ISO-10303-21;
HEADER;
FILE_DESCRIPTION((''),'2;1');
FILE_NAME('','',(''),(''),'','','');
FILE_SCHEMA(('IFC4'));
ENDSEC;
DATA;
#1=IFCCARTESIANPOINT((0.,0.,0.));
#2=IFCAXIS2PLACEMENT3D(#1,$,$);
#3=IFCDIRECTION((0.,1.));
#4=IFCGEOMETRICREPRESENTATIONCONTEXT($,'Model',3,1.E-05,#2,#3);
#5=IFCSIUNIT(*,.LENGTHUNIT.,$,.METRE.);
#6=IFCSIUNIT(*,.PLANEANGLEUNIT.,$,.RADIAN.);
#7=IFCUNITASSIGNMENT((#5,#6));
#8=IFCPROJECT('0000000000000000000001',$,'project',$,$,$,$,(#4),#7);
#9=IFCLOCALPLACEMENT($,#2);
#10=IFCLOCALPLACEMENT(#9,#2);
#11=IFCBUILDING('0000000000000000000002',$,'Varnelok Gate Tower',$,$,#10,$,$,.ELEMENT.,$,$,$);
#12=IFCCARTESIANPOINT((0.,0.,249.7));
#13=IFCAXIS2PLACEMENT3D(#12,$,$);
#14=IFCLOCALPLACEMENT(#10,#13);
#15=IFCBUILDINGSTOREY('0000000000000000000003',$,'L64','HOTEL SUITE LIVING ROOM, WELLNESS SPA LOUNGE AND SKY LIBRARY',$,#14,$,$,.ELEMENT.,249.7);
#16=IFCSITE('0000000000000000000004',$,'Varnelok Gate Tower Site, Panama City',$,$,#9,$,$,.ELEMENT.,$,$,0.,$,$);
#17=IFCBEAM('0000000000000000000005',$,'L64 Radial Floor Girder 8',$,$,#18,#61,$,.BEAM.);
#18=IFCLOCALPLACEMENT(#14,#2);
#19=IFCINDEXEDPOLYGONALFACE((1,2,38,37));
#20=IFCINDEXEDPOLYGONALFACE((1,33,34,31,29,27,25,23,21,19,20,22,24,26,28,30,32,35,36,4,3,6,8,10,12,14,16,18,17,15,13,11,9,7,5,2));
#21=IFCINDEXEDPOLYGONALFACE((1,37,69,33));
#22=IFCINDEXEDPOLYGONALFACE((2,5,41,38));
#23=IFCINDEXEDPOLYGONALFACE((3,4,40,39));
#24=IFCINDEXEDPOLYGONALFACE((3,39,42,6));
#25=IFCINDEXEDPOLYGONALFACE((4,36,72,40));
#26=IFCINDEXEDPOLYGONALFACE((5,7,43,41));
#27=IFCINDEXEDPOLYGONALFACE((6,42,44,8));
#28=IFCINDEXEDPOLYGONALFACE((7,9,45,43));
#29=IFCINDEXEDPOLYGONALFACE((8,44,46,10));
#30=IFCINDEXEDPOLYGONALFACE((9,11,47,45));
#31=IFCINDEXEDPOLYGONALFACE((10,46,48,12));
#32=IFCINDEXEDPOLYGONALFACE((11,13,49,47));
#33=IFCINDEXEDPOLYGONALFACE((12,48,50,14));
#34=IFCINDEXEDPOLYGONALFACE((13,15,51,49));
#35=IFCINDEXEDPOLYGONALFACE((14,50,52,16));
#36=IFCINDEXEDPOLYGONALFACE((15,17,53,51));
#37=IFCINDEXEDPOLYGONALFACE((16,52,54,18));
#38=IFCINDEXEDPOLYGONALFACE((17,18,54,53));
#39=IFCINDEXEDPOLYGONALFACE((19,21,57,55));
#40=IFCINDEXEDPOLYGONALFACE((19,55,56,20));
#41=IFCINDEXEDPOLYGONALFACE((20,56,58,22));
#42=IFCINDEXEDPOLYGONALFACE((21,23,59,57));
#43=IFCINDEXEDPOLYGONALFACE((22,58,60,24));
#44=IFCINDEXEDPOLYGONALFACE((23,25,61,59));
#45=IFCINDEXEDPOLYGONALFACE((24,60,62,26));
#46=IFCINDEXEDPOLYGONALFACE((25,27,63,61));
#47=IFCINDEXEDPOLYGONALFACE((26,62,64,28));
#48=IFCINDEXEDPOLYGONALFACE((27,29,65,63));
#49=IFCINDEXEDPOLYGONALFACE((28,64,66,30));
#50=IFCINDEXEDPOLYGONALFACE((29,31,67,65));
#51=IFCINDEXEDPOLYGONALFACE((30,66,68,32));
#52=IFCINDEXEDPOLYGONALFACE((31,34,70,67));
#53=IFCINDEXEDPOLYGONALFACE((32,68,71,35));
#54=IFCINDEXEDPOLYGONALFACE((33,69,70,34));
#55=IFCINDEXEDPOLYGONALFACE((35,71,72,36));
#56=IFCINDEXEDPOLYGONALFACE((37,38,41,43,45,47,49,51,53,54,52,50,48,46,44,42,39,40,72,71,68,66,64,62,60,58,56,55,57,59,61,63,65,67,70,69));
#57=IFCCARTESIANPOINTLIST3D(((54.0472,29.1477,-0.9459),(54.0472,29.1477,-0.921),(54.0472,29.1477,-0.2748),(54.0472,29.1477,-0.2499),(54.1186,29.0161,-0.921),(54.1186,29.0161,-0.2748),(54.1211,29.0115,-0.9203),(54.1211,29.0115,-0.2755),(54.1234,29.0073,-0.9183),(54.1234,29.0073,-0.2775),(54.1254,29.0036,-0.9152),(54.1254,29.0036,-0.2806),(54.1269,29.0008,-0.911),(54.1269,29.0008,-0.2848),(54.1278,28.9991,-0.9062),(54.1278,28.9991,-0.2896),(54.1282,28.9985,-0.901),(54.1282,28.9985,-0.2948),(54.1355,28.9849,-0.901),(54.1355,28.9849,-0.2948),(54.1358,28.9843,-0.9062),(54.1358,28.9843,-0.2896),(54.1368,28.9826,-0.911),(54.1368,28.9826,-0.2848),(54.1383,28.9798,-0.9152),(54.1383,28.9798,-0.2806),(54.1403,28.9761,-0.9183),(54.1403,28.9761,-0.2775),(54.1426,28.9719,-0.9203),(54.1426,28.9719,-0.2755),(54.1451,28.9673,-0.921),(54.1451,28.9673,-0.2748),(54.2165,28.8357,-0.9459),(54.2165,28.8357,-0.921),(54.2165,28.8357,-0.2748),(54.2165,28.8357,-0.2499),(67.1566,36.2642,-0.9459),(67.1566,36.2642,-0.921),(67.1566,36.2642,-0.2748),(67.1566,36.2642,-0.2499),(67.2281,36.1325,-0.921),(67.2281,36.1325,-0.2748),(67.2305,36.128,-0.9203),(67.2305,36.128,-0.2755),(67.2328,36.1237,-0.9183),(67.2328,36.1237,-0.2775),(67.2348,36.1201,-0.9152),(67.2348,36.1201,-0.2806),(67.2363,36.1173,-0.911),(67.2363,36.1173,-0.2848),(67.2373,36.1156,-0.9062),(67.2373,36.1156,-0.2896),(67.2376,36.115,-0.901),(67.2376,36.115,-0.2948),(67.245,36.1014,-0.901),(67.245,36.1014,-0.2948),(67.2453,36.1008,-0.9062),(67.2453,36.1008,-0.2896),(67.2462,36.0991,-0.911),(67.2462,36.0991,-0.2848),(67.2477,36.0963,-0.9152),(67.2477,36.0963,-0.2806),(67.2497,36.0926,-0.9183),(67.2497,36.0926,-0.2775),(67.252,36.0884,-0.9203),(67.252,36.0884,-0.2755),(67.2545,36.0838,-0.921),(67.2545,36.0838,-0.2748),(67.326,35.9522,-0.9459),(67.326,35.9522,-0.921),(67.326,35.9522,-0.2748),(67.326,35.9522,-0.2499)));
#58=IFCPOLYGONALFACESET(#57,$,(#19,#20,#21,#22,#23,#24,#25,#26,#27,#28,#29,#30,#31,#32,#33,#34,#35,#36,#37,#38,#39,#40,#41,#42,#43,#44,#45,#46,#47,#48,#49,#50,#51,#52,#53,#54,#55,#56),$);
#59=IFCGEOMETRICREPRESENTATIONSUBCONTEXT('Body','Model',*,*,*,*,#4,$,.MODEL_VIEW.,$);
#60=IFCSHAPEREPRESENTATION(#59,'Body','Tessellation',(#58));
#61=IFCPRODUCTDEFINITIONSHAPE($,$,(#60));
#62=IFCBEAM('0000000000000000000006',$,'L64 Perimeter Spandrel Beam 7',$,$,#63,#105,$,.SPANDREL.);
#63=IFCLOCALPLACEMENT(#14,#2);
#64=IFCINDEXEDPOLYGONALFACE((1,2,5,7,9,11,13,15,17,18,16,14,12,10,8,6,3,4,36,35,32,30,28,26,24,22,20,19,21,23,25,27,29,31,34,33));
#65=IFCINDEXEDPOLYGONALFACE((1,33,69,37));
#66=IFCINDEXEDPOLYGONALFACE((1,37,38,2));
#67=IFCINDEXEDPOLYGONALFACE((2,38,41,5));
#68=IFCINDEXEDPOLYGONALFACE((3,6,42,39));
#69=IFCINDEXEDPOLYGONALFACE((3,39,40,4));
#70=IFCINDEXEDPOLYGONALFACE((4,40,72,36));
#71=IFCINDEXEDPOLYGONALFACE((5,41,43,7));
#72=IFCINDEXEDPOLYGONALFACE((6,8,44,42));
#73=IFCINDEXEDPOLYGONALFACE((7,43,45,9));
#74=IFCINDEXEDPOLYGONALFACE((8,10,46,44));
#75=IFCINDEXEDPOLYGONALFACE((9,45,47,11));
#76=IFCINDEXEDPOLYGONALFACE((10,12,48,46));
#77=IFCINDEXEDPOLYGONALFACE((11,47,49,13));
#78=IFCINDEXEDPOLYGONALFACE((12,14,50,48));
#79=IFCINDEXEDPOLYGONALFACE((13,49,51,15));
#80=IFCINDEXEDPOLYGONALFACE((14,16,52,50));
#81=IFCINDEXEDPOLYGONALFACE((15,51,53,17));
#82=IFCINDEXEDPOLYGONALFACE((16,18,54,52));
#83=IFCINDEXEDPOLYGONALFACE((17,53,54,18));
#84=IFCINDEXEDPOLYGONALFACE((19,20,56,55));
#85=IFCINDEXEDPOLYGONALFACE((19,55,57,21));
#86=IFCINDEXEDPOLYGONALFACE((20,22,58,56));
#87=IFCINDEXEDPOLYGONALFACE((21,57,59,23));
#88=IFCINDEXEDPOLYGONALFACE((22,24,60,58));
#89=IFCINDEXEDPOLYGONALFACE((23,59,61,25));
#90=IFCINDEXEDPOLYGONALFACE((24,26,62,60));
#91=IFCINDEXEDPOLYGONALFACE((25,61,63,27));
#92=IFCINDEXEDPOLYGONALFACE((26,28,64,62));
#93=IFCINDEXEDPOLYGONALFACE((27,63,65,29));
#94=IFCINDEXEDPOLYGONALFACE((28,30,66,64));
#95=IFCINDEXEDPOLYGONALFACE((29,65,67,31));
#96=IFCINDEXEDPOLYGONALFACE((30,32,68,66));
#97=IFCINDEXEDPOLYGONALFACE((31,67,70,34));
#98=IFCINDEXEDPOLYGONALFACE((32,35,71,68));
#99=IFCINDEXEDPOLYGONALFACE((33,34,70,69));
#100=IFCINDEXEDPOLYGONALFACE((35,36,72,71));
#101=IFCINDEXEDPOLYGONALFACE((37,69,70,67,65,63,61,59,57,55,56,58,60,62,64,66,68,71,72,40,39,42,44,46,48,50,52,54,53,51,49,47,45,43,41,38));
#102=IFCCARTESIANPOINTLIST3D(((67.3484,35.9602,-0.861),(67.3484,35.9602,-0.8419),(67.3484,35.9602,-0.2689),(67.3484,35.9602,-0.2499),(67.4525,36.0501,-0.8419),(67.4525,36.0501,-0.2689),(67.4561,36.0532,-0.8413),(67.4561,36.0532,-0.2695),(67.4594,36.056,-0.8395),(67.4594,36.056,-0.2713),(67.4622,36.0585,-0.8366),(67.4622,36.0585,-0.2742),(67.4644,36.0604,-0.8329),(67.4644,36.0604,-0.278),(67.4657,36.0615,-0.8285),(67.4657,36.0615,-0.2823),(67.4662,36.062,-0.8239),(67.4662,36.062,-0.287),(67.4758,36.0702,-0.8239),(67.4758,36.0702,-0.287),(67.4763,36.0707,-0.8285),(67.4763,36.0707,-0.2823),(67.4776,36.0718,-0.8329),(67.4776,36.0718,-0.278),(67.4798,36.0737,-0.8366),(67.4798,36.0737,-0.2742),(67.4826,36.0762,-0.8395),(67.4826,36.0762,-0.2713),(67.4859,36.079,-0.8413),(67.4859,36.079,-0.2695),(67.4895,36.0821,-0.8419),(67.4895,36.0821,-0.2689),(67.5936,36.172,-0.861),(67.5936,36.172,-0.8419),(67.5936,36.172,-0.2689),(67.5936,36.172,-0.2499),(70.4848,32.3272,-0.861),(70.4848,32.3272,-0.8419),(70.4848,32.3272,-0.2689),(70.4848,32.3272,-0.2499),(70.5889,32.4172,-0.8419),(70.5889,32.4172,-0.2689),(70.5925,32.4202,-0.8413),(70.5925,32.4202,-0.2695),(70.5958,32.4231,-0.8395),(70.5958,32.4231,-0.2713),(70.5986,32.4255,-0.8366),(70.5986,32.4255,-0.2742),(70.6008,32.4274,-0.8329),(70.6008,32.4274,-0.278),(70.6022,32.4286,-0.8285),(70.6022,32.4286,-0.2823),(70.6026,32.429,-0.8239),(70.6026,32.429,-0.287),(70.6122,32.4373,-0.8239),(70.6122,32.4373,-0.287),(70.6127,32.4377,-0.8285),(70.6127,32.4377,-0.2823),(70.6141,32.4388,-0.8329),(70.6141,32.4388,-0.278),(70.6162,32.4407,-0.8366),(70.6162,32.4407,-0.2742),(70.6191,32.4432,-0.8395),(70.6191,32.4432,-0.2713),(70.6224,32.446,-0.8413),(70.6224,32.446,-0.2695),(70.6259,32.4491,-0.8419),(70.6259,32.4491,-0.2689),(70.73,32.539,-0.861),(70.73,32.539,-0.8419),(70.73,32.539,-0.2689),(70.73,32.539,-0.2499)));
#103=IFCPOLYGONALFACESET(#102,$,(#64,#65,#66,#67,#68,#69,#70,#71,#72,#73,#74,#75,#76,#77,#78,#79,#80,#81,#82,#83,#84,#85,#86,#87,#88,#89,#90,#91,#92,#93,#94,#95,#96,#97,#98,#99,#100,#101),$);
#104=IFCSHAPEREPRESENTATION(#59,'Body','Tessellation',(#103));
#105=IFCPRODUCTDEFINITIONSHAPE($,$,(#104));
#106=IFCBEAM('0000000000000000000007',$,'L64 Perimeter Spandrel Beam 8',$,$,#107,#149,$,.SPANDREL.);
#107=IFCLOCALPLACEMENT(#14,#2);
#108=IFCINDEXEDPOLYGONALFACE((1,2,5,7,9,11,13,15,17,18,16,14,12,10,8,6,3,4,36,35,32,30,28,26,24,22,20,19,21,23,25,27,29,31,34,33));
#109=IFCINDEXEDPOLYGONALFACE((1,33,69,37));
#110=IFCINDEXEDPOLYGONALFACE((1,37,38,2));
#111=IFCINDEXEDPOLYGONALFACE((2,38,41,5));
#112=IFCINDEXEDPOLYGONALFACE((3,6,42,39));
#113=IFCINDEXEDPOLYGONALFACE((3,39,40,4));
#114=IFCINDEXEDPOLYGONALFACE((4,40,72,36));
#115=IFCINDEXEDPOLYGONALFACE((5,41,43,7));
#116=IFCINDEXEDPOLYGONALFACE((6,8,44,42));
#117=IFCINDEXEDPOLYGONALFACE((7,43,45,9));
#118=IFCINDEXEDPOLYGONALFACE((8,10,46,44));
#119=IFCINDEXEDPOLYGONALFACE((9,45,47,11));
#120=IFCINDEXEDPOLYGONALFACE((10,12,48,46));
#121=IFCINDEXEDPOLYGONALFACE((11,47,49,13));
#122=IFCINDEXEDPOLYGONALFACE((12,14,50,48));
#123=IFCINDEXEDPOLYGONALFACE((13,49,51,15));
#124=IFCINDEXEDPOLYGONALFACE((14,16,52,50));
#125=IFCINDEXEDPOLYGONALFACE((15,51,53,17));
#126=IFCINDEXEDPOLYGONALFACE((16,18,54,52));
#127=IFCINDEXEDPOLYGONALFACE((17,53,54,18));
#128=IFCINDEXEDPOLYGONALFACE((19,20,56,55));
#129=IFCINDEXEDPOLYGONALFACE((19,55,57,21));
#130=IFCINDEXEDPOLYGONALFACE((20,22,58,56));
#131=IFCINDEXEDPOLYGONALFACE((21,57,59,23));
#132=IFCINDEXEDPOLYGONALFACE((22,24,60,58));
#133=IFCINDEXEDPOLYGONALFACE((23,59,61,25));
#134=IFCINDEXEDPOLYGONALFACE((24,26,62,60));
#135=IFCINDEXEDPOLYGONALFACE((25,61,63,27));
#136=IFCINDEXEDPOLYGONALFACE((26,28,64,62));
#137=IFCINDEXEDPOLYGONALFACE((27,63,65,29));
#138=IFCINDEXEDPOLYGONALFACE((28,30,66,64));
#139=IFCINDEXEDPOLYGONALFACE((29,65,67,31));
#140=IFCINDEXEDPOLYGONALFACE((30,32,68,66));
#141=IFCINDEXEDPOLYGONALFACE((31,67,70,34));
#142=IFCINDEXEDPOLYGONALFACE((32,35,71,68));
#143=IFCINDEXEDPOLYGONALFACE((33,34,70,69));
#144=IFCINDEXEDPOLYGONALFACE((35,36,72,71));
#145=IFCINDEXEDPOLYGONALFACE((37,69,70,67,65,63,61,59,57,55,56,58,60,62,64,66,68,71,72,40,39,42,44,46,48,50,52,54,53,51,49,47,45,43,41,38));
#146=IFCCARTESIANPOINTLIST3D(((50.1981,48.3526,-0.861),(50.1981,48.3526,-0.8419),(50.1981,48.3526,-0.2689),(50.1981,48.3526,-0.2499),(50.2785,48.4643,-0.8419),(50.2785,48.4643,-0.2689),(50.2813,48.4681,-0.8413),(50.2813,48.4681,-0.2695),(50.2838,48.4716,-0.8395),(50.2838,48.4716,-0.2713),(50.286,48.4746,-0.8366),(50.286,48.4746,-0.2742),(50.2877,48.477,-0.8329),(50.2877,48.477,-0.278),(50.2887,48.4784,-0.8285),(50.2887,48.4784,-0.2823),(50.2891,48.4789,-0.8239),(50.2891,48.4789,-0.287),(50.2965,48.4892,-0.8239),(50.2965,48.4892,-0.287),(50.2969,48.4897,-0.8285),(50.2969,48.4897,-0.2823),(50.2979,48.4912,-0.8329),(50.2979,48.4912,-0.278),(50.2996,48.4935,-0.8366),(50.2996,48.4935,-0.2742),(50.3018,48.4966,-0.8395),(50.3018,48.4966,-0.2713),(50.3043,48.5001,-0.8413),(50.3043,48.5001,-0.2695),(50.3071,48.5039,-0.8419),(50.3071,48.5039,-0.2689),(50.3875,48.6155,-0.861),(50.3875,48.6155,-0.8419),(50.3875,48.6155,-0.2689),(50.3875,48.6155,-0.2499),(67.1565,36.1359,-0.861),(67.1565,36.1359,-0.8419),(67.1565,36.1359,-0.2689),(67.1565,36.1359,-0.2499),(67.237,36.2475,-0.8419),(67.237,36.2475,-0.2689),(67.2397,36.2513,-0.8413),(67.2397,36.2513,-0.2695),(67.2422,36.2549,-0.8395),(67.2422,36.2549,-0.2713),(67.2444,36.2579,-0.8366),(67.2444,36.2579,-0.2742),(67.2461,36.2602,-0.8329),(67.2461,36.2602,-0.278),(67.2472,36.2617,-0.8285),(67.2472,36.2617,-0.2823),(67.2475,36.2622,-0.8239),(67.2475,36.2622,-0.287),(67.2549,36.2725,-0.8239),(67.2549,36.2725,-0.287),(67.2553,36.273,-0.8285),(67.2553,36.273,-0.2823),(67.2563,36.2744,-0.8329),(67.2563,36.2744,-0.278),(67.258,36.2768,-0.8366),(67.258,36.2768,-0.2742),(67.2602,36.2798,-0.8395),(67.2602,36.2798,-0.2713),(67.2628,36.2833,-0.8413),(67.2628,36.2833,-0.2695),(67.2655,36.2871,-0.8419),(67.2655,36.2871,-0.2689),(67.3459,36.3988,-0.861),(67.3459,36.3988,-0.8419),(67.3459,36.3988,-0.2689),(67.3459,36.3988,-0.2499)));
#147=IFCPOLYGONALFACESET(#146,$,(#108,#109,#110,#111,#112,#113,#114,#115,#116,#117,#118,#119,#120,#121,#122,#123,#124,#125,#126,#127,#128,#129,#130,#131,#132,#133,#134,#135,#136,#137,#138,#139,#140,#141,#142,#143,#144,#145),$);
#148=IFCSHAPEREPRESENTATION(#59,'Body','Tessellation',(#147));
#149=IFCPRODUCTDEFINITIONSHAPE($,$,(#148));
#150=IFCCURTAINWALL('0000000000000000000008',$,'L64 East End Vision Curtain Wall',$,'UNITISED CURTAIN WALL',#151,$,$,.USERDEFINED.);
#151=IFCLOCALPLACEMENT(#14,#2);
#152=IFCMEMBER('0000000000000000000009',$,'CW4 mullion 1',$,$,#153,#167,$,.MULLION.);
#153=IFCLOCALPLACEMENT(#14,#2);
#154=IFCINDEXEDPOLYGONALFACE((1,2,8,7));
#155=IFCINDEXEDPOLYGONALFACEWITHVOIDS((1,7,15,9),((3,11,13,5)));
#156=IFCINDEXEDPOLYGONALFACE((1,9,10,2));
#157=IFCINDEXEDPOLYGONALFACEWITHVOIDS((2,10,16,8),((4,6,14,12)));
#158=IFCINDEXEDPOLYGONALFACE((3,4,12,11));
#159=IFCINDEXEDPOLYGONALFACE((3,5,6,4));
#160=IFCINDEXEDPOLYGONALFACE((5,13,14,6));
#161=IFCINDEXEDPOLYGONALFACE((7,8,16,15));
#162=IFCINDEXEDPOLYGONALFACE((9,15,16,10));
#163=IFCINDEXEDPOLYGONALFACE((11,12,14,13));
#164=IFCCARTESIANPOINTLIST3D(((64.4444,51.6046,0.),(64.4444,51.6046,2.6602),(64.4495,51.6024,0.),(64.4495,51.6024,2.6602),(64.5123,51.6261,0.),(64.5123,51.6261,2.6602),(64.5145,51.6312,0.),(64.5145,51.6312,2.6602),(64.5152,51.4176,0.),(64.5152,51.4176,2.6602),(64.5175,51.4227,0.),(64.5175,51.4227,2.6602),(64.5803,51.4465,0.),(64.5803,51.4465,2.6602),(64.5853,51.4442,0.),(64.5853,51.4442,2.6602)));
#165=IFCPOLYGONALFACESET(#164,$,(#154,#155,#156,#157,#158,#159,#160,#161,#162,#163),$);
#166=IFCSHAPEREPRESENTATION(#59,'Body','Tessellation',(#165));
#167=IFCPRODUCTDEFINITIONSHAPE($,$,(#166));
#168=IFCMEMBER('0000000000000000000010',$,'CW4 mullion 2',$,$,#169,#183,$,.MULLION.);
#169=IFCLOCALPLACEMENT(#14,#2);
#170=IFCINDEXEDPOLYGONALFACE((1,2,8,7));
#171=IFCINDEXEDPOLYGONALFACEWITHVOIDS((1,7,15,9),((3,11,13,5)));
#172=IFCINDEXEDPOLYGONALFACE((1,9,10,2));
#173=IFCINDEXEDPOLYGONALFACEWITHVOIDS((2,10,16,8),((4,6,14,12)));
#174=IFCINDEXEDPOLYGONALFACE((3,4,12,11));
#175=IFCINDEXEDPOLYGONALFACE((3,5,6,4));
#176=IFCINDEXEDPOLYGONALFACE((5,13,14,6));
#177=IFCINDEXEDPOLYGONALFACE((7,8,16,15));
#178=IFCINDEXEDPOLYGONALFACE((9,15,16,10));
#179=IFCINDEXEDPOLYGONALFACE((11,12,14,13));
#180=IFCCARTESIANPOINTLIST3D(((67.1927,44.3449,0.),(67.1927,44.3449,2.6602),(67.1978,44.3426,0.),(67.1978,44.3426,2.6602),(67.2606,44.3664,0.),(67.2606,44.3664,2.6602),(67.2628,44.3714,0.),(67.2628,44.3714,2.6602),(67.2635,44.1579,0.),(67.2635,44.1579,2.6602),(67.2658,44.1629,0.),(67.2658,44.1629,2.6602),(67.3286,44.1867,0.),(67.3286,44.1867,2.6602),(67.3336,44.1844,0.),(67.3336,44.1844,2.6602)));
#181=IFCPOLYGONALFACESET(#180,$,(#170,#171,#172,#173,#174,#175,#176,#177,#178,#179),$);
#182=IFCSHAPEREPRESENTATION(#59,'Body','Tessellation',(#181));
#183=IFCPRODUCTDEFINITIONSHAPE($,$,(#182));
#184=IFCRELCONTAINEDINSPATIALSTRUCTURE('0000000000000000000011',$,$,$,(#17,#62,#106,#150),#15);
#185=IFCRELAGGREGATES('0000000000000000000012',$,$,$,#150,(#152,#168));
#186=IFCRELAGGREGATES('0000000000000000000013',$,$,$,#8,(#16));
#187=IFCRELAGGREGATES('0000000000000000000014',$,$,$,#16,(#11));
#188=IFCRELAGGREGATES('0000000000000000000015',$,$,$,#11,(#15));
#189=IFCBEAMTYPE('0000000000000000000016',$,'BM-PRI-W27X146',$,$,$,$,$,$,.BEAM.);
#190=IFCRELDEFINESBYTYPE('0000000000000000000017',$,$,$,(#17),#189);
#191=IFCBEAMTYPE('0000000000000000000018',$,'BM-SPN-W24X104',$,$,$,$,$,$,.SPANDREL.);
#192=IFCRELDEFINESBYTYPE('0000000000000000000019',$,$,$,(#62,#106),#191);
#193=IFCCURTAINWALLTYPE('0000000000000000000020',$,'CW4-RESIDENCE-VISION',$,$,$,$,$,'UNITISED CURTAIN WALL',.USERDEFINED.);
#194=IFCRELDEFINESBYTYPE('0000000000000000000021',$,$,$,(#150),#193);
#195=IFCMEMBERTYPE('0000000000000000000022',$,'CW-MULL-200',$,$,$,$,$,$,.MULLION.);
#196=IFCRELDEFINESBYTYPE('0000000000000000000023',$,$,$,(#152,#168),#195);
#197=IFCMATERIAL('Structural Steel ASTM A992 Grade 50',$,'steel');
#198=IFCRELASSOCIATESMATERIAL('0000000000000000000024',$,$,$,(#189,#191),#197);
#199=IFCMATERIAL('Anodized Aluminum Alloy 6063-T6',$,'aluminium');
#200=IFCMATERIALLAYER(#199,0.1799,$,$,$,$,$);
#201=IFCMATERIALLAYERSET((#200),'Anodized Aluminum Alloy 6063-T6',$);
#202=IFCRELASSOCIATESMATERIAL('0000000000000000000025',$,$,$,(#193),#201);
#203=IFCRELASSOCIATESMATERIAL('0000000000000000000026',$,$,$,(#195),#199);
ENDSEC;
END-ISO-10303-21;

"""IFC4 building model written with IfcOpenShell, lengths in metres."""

from ifc_helpers import new_model, si_unit, direction, frame, origin, origin_2d, place, context, subcontext, project, spatial, hollow_rectangle, i_section, extrude, material, layer, layer_set, material_profile, profile_set, type_object, element, aggregate, save


model = new_model("IFC4")

# Units and contexts
model_context = context("Model", 3, precision=1e-05, world=origin(), true_north=direction((0.0, 1.0)))
body_context = subcontext(model_context, "Body", "Model", "MODEL_VIEW")
ifc_project = project(units=[si_unit("LENGTHUNIT", "METRE"), si_unit("PLANEANGLEUNIT", "RADIAN")], contexts=[model_context])

# Site, building, storey
site_placement = place(None, origin())
site = spatial("IfcSite", under=ifc_project, at=site_placement, Name="Varnelok Gate Tower Site, Panama City", CompositionType="ELEMENT", RefElevation=0.0)
building_placement = place(site_placement, origin())
building = spatial("IfcBuilding", under=site, at=building_placement, Name="Varnelok Gate Tower", CompositionType="ELEMENT")
storey_placement = place(building_placement, frame((0.0, 0.0, 249.7)))
storey = spatial("IfcBuildingStorey", under=building, at=storey_placement, Name="L64", Description="HOTEL SUITE LIVING ROOM, WELLNESS SPA LOUNGE AND SKY LIBRARY", CompositionType="ELEMENT", Elevation=249.7)

# Shared definitions
ifc_material_1 = material(Name="Structural Steel ASTM A992 Grade 50", Category="steel")

# Beams
ifc_material_profile_1 = material_profile(ifc_material_1, i_section(OverallWidth=0.355, OverallDepth=0.696, WebThickness=0.0154, FlangeThickness=0.0249, FilletRadius=0.02, at=origin_2d()), Name="W27X146")
ifc_profile_set_1 = profile_set([ifc_material_profile_1], Name="Structural Steel ASTM A992 Grade 50")
beam_type_1 = type_object("IfcBeamType", Name="BM-PRI-W27X146", PredefinedType="BEAM", material=ifc_profile_set_1)
beam_1_placement = place(storey_placement, frame((54.1318, 28.9917, -0.5979), z_axis=(0.878855, 0.477089, 0.0), x_axis=(-0.477089, 0.878855, 0.0)))
element("IfcBeam", 1, at=beam_1_placement, inside=storey, type_object=beam_type_1, Name="L64 Radial Floor Girder 8", PredefinedType="BEAM", context=body_context, shape_type="SweptSolid", body=[
    extrude(i_section(OverallWidth=0.355, OverallDepth=0.696, WebThickness=0.0154, FlangeThickness=0.0249, FilletRadius=0.02, at=origin_2d()), origin(), (0.0, 0.0, 1.0), 14.9165),
])
ifc_material_profile_2 = material_profile(ifc_material_1, i_section(OverallWidth=0.324, OverallDepth=0.6111, WebThickness=0.0127, FlangeThickness=0.019, FilletRadius=0.0181, at=origin_2d()), Name="W24X104")
ifc_profile_set_2 = profile_set([ifc_material_profile_2], Name="Structural Steel ASTM A992 Grade 50")
beam_type_2 = type_object("IfcBeamType", Name="BM-SPN-W24X104", PredefinedType="SPANDREL", material=ifc_profile_set_2)
beam_2_placement = place(storey_placement, frame((70.6074, 32.4331, -0.5554), z_axis=(-0.653481, 0.756943, 0.0), x_axis=(-0.756943, -0.653481, 0.0)))
element("IfcBeam", 2, at=beam_2_placement, inside=storey, type_object=beam_type_2, Name="L64 Perimeter Spandrel Beam 7", PredefinedType="SPANDREL", context=body_context, shape_type="SweptSolid", body=[
    extrude(i_section(OverallWidth=0.324, OverallDepth=0.6111, WebThickness=0.0127, FlangeThickness=0.019, FilletRadius=0.0181, at=origin_2d()), origin(), (0.0, 0.0, 1.0), 4.7996),
])
beam_3_placement = place(storey_placement, frame((67.2512, 36.2673, -0.5554), z_axis=(-0.811383, 0.584515, 0.0), x_axis=(-0.584515, -0.811383, 0.0)))
element("IfcBeam", 3, at=beam_3_placement, inside=storey, type_object=beam_type_2, Name="L64 Perimeter Spandrel Beam 8", PredefinedType="SPANDREL", context=body_context, shape_type="SweptSolid", body=[
    extrude(i_section(OverallWidth=0.324, OverallDepth=0.6111, WebThickness=0.0127, FlangeThickness=0.019, FilletRadius=0.0181, at=origin_2d()), origin(), (0.0, 0.0, 1.0), 20.9006),
])

# Curtain wall, members
ifc_material_2 = material(Name="Anodized Aluminum Alloy 6063-T6", Category="aluminium")
ifc_layer_1 = layer(ifc_material_2, 0.1799)
ifc_layer_set_1 = layer_set([ifc_layer_1], Name="Anodized Aluminum Alloy 6063-T6")
curtain_wall_type = type_object("IfcCurtainWallType", Name="CW4-RESIDENCE-VISION", ElementType="UNITISED CURTAIN WALL", PredefinedType="USERDEFINED", material=ifc_layer_set_1)
curtain_wall_placement = place(storey_placement, origin())
curtain_wall = element("IfcCurtainWall", 4, at=curtain_wall_placement, inside=storey, type_object=curtain_wall_type, Name="L64 East End Vision Curtain Wall", ObjectType="UNITISED CURTAIN WALL", PredefinedType="USERDEFINED")
ifc_material_profile_3 = material_profile(ifc_material_2, hollow_rectangle(XDim=0.075, YDim=0.2, WallThickness=0.0039, at=origin_2d()), Name="ALU200X75X4")
ifc_profile_set_3 = profile_set([ifc_material_profile_3], Name="Anodized Aluminum Alloy 6063-T6")
member_type_1 = type_object("IfcMemberType", Name="CW-MULL-200", PredefinedType="MULLION", material=ifc_profile_set_3)
member_1_placement = place(storey_placement, frame((64.5149, 51.5244, 0.0), z_axis=(0.0, 0.0, 1.0), x_axis=(0.935222, 0.354063, 0.0)))
member_1 = element("IfcMember", 5, at=member_1_placement, type_object=member_type_1, Name="CW4 mullion 1", PredefinedType="MULLION", context=body_context, shape_type="SweptSolid", body=[
    extrude(hollow_rectangle(XDim=0.075, YDim=0.2, WallThickness=0.0039, at=origin_2d()), origin(), (0.0, 0.0, 1.0), 2.6602),
])
member_2_placement = place(storey_placement, frame((67.2632, 44.2646, 0.0), z_axis=(0.0, 0.0, 1.0), x_axis=(0.935222, 0.354063, 0.0)))
member_2 = element("IfcMember", 6, at=member_2_placement, type_object=member_type_1, Name="CW4 mullion 2", PredefinedType="MULLION", context=body_context, shape_type="SweptSolid", body=[
    extrude(hollow_rectangle(XDim=0.075, YDim=0.2, WallThickness=0.0039, at=origin_2d()), origin(), (0.0, 0.0, 1.0), 2.6602),
])
aggregate(curtain_wall, [member_1, member_2])

save(model, "model.ifc")
